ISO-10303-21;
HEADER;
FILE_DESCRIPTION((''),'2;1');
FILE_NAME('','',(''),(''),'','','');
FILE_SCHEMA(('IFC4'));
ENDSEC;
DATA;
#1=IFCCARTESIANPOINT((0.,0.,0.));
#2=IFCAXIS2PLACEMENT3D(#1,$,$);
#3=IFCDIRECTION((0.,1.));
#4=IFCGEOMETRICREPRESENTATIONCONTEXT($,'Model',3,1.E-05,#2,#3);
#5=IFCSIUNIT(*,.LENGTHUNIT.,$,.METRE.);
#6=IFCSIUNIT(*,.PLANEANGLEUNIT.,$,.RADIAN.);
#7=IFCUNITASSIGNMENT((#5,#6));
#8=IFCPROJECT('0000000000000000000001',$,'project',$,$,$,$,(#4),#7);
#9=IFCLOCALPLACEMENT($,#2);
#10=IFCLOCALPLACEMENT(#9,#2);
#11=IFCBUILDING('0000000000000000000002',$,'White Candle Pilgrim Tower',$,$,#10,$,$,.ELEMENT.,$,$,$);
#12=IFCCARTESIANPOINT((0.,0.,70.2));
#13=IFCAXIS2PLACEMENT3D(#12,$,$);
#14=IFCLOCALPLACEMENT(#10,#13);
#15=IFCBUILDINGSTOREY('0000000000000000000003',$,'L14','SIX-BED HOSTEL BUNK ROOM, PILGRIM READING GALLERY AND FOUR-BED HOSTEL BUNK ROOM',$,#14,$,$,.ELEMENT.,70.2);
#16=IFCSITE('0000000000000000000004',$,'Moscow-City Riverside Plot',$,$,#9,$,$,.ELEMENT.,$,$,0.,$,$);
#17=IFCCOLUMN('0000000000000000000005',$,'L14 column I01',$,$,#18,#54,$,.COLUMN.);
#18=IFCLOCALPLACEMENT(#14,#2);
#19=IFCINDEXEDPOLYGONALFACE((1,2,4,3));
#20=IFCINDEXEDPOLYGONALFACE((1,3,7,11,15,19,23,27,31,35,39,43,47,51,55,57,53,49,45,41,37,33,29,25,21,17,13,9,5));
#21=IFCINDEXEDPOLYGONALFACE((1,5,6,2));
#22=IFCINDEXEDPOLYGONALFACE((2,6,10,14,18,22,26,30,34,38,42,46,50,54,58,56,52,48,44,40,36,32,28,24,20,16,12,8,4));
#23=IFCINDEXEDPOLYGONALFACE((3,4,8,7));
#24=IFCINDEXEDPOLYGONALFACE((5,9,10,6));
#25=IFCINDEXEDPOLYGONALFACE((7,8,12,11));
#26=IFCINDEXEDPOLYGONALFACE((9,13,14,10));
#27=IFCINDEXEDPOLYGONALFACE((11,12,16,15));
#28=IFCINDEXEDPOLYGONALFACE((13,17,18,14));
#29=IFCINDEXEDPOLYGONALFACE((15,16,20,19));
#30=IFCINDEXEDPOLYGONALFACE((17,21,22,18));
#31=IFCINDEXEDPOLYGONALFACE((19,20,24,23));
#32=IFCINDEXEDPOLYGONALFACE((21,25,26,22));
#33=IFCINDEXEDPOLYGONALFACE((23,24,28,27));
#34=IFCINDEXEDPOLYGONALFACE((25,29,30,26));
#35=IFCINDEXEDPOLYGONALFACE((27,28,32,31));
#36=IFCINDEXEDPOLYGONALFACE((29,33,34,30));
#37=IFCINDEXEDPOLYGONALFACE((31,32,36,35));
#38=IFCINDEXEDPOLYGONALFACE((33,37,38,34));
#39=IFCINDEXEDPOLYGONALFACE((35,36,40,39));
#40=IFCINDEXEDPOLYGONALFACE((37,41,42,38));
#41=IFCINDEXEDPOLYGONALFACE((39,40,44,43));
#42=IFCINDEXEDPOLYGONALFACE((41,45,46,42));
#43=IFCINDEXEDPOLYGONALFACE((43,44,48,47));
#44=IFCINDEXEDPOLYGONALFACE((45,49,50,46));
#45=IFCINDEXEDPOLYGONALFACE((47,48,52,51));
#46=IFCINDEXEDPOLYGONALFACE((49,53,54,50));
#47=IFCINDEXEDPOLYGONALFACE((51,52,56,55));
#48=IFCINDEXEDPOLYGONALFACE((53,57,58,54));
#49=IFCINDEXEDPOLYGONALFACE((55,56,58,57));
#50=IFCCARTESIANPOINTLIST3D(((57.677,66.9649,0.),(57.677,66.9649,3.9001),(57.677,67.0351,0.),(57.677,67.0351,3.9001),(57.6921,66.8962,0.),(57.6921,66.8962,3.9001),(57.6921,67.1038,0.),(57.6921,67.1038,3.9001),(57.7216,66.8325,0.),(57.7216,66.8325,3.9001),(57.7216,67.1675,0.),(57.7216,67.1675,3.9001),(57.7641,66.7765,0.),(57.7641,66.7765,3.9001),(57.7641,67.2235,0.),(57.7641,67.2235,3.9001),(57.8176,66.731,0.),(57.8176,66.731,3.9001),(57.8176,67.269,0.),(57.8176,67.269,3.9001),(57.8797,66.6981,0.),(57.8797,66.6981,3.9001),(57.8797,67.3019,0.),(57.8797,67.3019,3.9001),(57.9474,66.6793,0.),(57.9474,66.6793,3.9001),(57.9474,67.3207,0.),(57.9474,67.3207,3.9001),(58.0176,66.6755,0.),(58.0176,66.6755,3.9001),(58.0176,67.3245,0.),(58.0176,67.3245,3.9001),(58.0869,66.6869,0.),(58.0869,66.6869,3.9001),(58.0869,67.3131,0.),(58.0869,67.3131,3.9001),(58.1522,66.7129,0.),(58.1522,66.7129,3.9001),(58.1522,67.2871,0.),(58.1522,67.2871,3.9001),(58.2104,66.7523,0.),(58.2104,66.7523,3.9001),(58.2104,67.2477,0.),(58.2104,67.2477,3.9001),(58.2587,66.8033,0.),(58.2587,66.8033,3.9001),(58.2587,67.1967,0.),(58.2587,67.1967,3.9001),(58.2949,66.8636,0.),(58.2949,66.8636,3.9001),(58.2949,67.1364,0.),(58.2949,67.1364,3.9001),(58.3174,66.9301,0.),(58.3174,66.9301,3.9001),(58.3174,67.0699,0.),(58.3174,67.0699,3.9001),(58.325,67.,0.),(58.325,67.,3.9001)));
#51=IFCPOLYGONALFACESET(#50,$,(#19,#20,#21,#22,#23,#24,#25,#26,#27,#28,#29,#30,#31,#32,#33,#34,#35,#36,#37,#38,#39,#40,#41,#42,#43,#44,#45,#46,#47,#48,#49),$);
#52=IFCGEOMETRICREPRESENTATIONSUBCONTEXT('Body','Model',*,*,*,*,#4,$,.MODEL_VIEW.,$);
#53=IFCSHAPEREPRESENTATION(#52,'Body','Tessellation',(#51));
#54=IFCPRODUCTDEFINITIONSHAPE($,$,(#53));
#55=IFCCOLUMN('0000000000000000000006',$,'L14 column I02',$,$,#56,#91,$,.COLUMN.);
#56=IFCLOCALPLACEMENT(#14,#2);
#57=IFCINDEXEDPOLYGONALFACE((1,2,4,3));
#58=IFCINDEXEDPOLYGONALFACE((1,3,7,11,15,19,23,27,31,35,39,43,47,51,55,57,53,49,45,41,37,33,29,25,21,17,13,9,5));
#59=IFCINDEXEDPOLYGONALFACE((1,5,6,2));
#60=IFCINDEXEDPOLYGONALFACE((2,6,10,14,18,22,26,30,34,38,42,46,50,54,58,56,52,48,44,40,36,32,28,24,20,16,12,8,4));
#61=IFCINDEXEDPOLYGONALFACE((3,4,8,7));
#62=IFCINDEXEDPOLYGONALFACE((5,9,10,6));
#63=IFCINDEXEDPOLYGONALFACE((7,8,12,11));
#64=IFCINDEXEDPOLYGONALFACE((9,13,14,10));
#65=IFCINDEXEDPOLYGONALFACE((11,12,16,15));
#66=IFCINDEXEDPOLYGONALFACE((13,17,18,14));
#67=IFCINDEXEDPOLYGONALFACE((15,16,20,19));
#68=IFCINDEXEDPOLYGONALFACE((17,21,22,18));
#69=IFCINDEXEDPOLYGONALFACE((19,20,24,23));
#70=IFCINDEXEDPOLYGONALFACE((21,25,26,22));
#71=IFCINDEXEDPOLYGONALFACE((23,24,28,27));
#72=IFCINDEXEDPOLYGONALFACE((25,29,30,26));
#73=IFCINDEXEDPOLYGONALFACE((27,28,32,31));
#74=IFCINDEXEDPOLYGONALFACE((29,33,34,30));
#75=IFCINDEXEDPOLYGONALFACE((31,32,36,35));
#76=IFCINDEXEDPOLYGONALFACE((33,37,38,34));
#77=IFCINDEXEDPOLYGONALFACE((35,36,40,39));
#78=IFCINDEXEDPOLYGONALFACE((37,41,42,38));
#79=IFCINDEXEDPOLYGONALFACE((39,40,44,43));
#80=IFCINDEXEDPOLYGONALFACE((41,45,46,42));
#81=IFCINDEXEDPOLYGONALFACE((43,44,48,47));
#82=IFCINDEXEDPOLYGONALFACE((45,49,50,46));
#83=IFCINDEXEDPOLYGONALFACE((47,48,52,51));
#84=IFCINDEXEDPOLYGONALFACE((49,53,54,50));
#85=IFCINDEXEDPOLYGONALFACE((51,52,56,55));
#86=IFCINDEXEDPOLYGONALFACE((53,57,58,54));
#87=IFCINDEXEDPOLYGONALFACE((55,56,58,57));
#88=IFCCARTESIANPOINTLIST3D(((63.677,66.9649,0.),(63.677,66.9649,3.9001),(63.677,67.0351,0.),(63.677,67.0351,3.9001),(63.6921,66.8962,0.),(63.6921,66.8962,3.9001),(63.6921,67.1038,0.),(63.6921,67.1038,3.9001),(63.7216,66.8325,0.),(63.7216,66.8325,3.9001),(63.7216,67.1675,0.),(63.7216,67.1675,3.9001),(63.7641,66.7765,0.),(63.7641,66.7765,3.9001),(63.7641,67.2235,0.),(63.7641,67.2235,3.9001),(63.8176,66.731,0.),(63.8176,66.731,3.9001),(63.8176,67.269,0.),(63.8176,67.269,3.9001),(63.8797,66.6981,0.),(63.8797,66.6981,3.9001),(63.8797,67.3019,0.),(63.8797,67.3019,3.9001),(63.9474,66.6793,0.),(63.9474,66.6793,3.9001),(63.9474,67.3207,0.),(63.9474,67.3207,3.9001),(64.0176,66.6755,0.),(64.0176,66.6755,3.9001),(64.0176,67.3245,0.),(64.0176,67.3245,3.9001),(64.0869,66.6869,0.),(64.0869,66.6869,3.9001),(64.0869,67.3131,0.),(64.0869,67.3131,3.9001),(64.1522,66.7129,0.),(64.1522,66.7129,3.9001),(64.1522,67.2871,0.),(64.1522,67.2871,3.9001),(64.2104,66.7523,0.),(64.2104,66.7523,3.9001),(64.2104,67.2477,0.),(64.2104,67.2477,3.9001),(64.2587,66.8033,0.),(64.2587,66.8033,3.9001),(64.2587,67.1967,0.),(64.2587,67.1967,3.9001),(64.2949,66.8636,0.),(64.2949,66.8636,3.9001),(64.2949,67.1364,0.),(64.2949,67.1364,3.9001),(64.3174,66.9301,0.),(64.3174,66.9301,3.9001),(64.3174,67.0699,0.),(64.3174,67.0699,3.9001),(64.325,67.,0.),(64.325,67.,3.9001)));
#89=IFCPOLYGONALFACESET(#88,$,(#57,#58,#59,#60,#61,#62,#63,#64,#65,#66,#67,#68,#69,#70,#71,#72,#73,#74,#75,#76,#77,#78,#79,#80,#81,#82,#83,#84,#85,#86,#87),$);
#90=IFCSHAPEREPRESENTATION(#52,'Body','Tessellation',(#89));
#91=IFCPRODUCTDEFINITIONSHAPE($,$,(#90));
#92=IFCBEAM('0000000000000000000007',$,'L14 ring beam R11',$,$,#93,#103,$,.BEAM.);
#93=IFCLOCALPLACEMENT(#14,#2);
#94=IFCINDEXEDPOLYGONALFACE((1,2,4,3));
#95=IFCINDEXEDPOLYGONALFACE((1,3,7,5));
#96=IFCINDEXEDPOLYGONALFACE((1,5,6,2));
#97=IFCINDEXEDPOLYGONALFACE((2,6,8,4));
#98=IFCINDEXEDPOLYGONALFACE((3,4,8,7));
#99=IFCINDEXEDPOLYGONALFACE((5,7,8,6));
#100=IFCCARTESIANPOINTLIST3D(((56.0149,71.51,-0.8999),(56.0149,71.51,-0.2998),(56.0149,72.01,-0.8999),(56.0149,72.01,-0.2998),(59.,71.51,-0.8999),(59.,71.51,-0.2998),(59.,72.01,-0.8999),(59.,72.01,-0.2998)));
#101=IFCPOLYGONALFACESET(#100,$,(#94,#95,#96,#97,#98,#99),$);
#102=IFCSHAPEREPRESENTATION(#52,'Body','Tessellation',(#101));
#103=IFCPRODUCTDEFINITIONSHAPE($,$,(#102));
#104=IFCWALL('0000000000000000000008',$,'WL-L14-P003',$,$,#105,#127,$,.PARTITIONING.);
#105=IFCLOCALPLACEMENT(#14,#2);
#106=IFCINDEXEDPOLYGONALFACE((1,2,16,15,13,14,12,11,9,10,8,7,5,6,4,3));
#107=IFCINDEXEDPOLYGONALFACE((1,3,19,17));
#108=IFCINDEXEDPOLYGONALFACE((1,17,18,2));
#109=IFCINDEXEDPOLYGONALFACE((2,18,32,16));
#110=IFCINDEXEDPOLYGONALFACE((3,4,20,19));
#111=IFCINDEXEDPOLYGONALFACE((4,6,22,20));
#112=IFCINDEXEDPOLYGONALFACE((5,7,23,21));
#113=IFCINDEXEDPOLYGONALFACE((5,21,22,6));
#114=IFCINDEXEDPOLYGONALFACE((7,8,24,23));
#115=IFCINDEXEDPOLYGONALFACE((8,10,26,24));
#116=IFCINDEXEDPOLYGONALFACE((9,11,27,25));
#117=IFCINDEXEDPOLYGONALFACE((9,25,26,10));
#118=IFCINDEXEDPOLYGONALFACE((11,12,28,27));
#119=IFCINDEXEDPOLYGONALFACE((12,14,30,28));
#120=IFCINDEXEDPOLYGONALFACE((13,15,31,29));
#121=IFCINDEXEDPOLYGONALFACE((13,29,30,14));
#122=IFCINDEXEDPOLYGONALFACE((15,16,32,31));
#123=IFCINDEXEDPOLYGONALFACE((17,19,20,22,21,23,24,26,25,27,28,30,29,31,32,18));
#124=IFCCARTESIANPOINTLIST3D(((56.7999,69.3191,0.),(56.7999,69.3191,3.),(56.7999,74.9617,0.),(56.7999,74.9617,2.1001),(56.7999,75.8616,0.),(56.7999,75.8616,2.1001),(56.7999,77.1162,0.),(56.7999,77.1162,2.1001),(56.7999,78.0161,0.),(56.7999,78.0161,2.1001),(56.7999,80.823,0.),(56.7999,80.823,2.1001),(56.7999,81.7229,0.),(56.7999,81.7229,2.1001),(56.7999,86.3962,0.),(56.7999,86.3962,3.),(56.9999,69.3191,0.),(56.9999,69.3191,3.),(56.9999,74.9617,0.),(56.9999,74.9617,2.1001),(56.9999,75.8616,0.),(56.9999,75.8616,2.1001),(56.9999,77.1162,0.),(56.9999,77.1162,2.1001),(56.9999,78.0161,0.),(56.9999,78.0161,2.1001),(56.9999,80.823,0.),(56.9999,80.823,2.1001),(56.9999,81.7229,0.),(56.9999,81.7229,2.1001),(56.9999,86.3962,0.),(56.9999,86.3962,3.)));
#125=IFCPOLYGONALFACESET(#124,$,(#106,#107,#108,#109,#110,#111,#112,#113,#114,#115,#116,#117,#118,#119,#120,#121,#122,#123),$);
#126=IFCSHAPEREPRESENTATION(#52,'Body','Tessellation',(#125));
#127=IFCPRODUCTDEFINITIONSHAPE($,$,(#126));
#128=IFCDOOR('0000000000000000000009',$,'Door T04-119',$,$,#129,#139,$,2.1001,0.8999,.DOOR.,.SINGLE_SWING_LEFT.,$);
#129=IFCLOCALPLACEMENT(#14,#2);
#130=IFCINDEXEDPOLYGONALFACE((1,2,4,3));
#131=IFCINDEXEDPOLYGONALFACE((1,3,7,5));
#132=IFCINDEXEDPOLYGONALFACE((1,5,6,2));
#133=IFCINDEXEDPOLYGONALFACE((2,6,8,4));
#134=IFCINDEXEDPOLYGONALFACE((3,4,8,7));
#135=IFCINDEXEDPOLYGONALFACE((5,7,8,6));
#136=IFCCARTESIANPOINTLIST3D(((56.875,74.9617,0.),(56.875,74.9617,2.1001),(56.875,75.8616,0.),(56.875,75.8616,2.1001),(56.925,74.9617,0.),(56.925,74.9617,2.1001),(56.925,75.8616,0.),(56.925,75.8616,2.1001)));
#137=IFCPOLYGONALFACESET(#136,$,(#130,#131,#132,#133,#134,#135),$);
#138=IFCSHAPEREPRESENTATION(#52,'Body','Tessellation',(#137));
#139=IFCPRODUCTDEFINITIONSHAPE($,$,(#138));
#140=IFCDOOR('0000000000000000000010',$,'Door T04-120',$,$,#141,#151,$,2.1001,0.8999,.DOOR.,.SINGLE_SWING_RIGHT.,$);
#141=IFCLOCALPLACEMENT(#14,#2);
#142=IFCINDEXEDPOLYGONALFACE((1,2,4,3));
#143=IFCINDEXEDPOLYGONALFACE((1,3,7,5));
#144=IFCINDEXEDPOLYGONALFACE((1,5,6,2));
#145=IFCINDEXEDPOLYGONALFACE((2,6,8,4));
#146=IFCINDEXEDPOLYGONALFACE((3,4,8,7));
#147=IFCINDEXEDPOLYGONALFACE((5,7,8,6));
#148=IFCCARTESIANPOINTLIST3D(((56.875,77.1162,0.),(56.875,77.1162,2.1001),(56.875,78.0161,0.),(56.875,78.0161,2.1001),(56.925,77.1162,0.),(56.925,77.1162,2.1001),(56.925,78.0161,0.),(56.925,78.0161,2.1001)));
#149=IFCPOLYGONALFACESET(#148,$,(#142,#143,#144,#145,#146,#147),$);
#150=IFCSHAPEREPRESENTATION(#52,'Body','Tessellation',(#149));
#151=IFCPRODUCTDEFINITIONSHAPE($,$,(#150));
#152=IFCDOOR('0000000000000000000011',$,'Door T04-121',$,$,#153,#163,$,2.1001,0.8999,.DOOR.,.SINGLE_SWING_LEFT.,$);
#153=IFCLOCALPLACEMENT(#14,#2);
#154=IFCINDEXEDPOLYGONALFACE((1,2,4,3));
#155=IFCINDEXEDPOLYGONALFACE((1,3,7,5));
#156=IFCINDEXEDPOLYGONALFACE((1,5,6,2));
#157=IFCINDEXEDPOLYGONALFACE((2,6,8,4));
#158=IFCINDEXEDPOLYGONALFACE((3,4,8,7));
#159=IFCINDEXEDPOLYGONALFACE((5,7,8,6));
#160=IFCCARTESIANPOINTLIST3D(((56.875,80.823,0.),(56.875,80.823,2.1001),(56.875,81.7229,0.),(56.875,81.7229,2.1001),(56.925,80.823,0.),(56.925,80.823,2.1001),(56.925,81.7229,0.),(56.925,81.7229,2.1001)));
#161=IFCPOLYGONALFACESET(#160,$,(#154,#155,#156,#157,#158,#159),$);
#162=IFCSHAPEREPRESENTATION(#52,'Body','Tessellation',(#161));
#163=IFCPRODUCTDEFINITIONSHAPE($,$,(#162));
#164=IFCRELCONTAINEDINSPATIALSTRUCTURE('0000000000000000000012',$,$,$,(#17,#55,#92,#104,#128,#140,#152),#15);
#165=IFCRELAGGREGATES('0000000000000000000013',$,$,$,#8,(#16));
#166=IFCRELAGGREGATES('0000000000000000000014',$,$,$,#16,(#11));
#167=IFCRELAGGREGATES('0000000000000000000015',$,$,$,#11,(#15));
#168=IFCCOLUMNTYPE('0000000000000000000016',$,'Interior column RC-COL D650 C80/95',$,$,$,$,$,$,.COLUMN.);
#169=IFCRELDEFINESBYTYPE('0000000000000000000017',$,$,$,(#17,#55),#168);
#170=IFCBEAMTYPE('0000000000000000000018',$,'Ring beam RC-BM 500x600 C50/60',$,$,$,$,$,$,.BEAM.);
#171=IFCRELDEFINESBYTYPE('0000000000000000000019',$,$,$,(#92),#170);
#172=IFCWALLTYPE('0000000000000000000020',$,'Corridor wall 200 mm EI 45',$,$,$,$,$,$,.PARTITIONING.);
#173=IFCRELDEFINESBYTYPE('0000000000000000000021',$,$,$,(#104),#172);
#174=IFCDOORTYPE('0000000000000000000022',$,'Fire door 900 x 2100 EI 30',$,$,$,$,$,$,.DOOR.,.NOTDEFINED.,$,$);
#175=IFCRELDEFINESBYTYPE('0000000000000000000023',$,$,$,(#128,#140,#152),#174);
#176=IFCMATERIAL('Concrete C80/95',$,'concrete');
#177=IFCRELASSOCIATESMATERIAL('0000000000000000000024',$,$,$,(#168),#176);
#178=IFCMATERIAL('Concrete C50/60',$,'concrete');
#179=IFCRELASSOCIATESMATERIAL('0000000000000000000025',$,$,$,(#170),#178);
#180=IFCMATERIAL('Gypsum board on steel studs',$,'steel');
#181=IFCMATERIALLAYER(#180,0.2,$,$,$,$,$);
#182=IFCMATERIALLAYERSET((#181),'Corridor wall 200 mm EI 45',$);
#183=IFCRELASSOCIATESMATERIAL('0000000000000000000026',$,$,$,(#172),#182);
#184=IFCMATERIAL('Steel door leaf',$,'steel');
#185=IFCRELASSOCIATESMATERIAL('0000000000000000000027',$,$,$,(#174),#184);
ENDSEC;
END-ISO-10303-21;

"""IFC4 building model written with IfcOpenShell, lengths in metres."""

from ifc_helpers import new_model, si_unit, direction, frame, frame_2d, origin, origin_2d, place, context, subcontext, project, spatial, rectangle, circle, extrude, material, layer, layer_set, material_profile, profile_set, type_object, element, fill, save


model = new_model("IFC4")

# Units and contexts
model_context = context("Model", 3, precision=1e-05, world=origin(), true_north=direction((0.0, 1.0)))
body_context = subcontext(model_context, "Body", "Model", "MODEL_VIEW")
ifc_project = project(units=[si_unit("LENGTHUNIT", "METRE"), si_unit("PLANEANGLEUNIT", "RADIAN")], contexts=[model_context])

# Site, building, storey
site_placement = place(None, origin())
site = spatial("IfcSite", under=ifc_project, at=site_placement, Name="Moscow-City Riverside Plot", CompositionType="ELEMENT", RefElevation=0.0)
building_placement = place(site_placement, origin())
building = spatial("IfcBuilding", under=site, at=building_placement, Name="White Candle Pilgrim Tower", CompositionType="ELEMENT")
storey_placement = place(building_placement, frame((0.0, 0.0, 70.2)))
storey = spatial("IfcBuildingStorey", under=building, at=storey_placement, Name="L14", Description="SIX-BED HOSTEL BUNK ROOM, PILGRIM READING GALLERY AND FOUR-BED HOSTEL BUNK ROOM", CompositionType="ELEMENT", Elevation=70.2)

# Columns
ifc_material_1 = material(Name="Concrete C80/95", Category="concrete")
ifc_material_profile_1 = material_profile(ifc_material_1, circle(Radius=0.325, at=origin_2d()), Name="RC-COL D650")
ifc_profile_set_1 = profile_set([ifc_material_profile_1], Name="Concrete C80/95")
column_type = type_object("IfcColumnType", Name="Interior column RC-COL D650 C80/95", PredefinedType="COLUMN", material=ifc_profile_set_1)
for number, where, z_axis, x_axis, name in (
    (1, (58.0, 67.0, 0.0), (0.0, 0.0, 1.0), (1.0, 0.0, 0.0), "L14 column I01"),
    (2, (64.0, 67.0, 0.0), (0.0, 0.0, 1.0), (1.0, 0.0, 0.0), "L14 column I02"),
):
    element("IfcColumn", number, at=place(storey_placement, frame(where, z_axis=z_axis, x_axis=x_axis)), inside=storey, type_object=column_type, Name=name, PredefinedType="COLUMN", context=body_context, shape_type="SweptSolid", body=[
        extrude(circle(Radius=0.325, at=origin_2d()), origin(), (0.0, 0.0, 1.0), 3.9001),
    ])

# Beam
ifc_material_2 = material(Name="Concrete C50/60", Category="concrete")
ifc_material_profile_2 = material_profile(ifc_material_2, rectangle(XDim=0.5, YDim=0.6001, at=origin_2d()), Name="RC-BM 500x600")
ifc_profile_set_2 = profile_set([ifc_material_profile_2], Name="Concrete C50/60")
beam_type = type_object("IfcBeamType", Name="Ring beam RC-BM 500x600 C50/60", PredefinedType="BEAM", material=ifc_profile_set_2)
beam_placement = place(storey_placement, frame((56.0149, 71.76, -0.5999), z_axis=(1.0, 0.0, 0.0), x_axis=(0.0, 1.0, 0.0)))
element("IfcBeam", 3, at=beam_placement, inside=storey, type_object=beam_type, Name="L14 ring beam R11", PredefinedType="BEAM", context=body_context, shape_type="SweptSolid", body=[
    extrude(rectangle(XDim=0.5, YDim=0.6001, at=origin_2d()), origin(), (0.0, 0.0, 1.0), 2.9851),
])

# Wall, openings, doors
ifc_material_3 = material(Name="Gypsum board on steel studs", Category="steel")
ifc_layer_1 = layer(ifc_material_3, 0.2)
ifc_layer_set_1 = layer_set([ifc_layer_1], Name="Corridor wall 200 mm EI 45")
wall_type_1 = type_object("IfcWallType", Name="Corridor wall 200 mm EI 45", PredefinedType="PARTITIONING", material=ifc_layer_set_1)
wall_1_placement = place(storey_placement, frame((56.8999, 69.3191, 0.0), z_axis=(0.0, 0.0, 1.0), x_axis=(0.0, 1.0, 0.0)))
wall_1 = element("IfcWall", 4, at=wall_1_placement, inside=storey, type_object=wall_type_1, Name="WL-L14-P003", PredefinedType="PARTITIONING", context=body_context, shape_type="SweptSolid", body=[
    extrude(rectangle(XDim=17.0771, YDim=0.2, at=frame_2d((8.5386, 0.0))), origin(), (0.0, 0.0, 1.0), 3.0),
])
opening_1_placement = place(wall_1_placement, frame((5.6426, 0.0, 0.0)))
opening_1 = element("IfcOpeningElement", 5, at=opening_1_placement, cuts=wall_1, PredefinedType="OPENING", context=body_context, shape_type="SweptSolid", body=[
    extrude(rectangle(XDim=0.8999, YDim=2.1001, at=frame_2d((0.45, 1.05))), frame((0.0, 0.1099, 0.0), z_axis=(0.0, -1.0, 0.0), x_axis=(1.0, 0.0, 0.0)), (0.0, 0.0, 1.0), 0.22),
])
opening_2_placement = place(wall_1_placement, frame((7.7971, 0.0, 0.0)))
opening_2 = element("IfcOpeningElement", 6, at=opening_2_placement, cuts=wall_1, PredefinedType="OPENING", context=body_context, shape_type="SweptSolid", body=[
    extrude(rectangle(XDim=0.8999, YDim=2.1001, at=frame_2d((0.45, 1.05))), frame((0.0, 0.1099, 0.0), z_axis=(0.0, -1.0, 0.0), x_axis=(1.0, 0.0, 0.0)), (0.0, 0.0, 1.0), 0.22),
])
opening_3_placement = place(wall_1_placement, frame((11.5039, 0.0, 0.0)))
opening_3 = element("IfcOpeningElement", 7, at=opening_3_placement, cuts=wall_1, PredefinedType="OPENING", context=body_context, shape_type="SweptSolid", body=[
    extrude(rectangle(XDim=0.8999, YDim=2.1001, at=frame_2d((0.45, 1.05))), frame((0.0, 0.1099, 0.0), z_axis=(0.0, -1.0, 0.0), x_axis=(1.0, 0.0, 0.0)), (0.0, 0.0, 1.0), 0.22),
])
ifc_material_4 = material(Name="Steel door leaf", Category="steel")
door_type_1 = type_object("IfcDoorType", Name="Fire door 900 x 2100 EI 30", OperationType="NOTDEFINED", PredefinedType="DOOR", material=ifc_material_4)
door_1_placement = place(opening_1_placement, origin())
door_1 = element("IfcDoor", 8, at=door_1_placement, inside=storey, type_object=door_type_1, Name="Door T04-119", OperationType="SINGLE_SWING_LEFT", OverallHeight=2.1001, OverallWidth=0.8999, PredefinedType="DOOR", context=body_context, shape_type="SweptSolid", body=[
    extrude(rectangle(XDim=0.8999, YDim=2.1001, at=frame_2d((0.45, 1.05))), frame((0.0, 0.0249, 0.0), z_axis=(0.0, -1.0, 0.0), x_axis=(1.0, 0.0, 0.0)), (0.0, 0.0, 1.0), 0.05),
])
fill(opening_1, door_1)
door_2_placement = place(opening_2_placement, origin())
door_2 = element("IfcDoor", 9, at=door_2_placement, inside=storey, type_object=door_type_1, Name="Door T04-120", OperationType="SINGLE_SWING_RIGHT", OverallHeight=2.1001, OverallWidth=0.8999, PredefinedType="DOOR", context=body_context, shape_type="SweptSolid", body=[
    extrude(rectangle(XDim=0.8999, YDim=2.1001, at=frame_2d((0.45, 1.05))), frame((0.0, 0.0249, 0.0), z_axis=(0.0, -1.0, 0.0), x_axis=(1.0, 0.0, 0.0)), (0.0, 0.0, 1.0), 0.05),
])
fill(opening_2, door_2)
door_3_placement = place(opening_3_placement, origin())
door_3 = element("IfcDoor", 10, at=door_3_placement, inside=storey, type_object=door_type_1, Name="Door T04-121", OperationType="SINGLE_SWING_LEFT", OverallHeight=2.1001, OverallWidth=0.8999, PredefinedType="DOOR", context=body_context, shape_type="SweptSolid", body=[
    extrude(rectangle(XDim=0.8999, YDim=2.1001, at=frame_2d((0.45, 1.05))), frame((0.0, 0.0249, 0.0), z_axis=(0.0, -1.0, 0.0), x_axis=(1.0, 0.0, 0.0)), (0.0, 0.0, 1.0), 0.05),
])
fill(opening_3, door_3)

save(model, "model.ifc")
